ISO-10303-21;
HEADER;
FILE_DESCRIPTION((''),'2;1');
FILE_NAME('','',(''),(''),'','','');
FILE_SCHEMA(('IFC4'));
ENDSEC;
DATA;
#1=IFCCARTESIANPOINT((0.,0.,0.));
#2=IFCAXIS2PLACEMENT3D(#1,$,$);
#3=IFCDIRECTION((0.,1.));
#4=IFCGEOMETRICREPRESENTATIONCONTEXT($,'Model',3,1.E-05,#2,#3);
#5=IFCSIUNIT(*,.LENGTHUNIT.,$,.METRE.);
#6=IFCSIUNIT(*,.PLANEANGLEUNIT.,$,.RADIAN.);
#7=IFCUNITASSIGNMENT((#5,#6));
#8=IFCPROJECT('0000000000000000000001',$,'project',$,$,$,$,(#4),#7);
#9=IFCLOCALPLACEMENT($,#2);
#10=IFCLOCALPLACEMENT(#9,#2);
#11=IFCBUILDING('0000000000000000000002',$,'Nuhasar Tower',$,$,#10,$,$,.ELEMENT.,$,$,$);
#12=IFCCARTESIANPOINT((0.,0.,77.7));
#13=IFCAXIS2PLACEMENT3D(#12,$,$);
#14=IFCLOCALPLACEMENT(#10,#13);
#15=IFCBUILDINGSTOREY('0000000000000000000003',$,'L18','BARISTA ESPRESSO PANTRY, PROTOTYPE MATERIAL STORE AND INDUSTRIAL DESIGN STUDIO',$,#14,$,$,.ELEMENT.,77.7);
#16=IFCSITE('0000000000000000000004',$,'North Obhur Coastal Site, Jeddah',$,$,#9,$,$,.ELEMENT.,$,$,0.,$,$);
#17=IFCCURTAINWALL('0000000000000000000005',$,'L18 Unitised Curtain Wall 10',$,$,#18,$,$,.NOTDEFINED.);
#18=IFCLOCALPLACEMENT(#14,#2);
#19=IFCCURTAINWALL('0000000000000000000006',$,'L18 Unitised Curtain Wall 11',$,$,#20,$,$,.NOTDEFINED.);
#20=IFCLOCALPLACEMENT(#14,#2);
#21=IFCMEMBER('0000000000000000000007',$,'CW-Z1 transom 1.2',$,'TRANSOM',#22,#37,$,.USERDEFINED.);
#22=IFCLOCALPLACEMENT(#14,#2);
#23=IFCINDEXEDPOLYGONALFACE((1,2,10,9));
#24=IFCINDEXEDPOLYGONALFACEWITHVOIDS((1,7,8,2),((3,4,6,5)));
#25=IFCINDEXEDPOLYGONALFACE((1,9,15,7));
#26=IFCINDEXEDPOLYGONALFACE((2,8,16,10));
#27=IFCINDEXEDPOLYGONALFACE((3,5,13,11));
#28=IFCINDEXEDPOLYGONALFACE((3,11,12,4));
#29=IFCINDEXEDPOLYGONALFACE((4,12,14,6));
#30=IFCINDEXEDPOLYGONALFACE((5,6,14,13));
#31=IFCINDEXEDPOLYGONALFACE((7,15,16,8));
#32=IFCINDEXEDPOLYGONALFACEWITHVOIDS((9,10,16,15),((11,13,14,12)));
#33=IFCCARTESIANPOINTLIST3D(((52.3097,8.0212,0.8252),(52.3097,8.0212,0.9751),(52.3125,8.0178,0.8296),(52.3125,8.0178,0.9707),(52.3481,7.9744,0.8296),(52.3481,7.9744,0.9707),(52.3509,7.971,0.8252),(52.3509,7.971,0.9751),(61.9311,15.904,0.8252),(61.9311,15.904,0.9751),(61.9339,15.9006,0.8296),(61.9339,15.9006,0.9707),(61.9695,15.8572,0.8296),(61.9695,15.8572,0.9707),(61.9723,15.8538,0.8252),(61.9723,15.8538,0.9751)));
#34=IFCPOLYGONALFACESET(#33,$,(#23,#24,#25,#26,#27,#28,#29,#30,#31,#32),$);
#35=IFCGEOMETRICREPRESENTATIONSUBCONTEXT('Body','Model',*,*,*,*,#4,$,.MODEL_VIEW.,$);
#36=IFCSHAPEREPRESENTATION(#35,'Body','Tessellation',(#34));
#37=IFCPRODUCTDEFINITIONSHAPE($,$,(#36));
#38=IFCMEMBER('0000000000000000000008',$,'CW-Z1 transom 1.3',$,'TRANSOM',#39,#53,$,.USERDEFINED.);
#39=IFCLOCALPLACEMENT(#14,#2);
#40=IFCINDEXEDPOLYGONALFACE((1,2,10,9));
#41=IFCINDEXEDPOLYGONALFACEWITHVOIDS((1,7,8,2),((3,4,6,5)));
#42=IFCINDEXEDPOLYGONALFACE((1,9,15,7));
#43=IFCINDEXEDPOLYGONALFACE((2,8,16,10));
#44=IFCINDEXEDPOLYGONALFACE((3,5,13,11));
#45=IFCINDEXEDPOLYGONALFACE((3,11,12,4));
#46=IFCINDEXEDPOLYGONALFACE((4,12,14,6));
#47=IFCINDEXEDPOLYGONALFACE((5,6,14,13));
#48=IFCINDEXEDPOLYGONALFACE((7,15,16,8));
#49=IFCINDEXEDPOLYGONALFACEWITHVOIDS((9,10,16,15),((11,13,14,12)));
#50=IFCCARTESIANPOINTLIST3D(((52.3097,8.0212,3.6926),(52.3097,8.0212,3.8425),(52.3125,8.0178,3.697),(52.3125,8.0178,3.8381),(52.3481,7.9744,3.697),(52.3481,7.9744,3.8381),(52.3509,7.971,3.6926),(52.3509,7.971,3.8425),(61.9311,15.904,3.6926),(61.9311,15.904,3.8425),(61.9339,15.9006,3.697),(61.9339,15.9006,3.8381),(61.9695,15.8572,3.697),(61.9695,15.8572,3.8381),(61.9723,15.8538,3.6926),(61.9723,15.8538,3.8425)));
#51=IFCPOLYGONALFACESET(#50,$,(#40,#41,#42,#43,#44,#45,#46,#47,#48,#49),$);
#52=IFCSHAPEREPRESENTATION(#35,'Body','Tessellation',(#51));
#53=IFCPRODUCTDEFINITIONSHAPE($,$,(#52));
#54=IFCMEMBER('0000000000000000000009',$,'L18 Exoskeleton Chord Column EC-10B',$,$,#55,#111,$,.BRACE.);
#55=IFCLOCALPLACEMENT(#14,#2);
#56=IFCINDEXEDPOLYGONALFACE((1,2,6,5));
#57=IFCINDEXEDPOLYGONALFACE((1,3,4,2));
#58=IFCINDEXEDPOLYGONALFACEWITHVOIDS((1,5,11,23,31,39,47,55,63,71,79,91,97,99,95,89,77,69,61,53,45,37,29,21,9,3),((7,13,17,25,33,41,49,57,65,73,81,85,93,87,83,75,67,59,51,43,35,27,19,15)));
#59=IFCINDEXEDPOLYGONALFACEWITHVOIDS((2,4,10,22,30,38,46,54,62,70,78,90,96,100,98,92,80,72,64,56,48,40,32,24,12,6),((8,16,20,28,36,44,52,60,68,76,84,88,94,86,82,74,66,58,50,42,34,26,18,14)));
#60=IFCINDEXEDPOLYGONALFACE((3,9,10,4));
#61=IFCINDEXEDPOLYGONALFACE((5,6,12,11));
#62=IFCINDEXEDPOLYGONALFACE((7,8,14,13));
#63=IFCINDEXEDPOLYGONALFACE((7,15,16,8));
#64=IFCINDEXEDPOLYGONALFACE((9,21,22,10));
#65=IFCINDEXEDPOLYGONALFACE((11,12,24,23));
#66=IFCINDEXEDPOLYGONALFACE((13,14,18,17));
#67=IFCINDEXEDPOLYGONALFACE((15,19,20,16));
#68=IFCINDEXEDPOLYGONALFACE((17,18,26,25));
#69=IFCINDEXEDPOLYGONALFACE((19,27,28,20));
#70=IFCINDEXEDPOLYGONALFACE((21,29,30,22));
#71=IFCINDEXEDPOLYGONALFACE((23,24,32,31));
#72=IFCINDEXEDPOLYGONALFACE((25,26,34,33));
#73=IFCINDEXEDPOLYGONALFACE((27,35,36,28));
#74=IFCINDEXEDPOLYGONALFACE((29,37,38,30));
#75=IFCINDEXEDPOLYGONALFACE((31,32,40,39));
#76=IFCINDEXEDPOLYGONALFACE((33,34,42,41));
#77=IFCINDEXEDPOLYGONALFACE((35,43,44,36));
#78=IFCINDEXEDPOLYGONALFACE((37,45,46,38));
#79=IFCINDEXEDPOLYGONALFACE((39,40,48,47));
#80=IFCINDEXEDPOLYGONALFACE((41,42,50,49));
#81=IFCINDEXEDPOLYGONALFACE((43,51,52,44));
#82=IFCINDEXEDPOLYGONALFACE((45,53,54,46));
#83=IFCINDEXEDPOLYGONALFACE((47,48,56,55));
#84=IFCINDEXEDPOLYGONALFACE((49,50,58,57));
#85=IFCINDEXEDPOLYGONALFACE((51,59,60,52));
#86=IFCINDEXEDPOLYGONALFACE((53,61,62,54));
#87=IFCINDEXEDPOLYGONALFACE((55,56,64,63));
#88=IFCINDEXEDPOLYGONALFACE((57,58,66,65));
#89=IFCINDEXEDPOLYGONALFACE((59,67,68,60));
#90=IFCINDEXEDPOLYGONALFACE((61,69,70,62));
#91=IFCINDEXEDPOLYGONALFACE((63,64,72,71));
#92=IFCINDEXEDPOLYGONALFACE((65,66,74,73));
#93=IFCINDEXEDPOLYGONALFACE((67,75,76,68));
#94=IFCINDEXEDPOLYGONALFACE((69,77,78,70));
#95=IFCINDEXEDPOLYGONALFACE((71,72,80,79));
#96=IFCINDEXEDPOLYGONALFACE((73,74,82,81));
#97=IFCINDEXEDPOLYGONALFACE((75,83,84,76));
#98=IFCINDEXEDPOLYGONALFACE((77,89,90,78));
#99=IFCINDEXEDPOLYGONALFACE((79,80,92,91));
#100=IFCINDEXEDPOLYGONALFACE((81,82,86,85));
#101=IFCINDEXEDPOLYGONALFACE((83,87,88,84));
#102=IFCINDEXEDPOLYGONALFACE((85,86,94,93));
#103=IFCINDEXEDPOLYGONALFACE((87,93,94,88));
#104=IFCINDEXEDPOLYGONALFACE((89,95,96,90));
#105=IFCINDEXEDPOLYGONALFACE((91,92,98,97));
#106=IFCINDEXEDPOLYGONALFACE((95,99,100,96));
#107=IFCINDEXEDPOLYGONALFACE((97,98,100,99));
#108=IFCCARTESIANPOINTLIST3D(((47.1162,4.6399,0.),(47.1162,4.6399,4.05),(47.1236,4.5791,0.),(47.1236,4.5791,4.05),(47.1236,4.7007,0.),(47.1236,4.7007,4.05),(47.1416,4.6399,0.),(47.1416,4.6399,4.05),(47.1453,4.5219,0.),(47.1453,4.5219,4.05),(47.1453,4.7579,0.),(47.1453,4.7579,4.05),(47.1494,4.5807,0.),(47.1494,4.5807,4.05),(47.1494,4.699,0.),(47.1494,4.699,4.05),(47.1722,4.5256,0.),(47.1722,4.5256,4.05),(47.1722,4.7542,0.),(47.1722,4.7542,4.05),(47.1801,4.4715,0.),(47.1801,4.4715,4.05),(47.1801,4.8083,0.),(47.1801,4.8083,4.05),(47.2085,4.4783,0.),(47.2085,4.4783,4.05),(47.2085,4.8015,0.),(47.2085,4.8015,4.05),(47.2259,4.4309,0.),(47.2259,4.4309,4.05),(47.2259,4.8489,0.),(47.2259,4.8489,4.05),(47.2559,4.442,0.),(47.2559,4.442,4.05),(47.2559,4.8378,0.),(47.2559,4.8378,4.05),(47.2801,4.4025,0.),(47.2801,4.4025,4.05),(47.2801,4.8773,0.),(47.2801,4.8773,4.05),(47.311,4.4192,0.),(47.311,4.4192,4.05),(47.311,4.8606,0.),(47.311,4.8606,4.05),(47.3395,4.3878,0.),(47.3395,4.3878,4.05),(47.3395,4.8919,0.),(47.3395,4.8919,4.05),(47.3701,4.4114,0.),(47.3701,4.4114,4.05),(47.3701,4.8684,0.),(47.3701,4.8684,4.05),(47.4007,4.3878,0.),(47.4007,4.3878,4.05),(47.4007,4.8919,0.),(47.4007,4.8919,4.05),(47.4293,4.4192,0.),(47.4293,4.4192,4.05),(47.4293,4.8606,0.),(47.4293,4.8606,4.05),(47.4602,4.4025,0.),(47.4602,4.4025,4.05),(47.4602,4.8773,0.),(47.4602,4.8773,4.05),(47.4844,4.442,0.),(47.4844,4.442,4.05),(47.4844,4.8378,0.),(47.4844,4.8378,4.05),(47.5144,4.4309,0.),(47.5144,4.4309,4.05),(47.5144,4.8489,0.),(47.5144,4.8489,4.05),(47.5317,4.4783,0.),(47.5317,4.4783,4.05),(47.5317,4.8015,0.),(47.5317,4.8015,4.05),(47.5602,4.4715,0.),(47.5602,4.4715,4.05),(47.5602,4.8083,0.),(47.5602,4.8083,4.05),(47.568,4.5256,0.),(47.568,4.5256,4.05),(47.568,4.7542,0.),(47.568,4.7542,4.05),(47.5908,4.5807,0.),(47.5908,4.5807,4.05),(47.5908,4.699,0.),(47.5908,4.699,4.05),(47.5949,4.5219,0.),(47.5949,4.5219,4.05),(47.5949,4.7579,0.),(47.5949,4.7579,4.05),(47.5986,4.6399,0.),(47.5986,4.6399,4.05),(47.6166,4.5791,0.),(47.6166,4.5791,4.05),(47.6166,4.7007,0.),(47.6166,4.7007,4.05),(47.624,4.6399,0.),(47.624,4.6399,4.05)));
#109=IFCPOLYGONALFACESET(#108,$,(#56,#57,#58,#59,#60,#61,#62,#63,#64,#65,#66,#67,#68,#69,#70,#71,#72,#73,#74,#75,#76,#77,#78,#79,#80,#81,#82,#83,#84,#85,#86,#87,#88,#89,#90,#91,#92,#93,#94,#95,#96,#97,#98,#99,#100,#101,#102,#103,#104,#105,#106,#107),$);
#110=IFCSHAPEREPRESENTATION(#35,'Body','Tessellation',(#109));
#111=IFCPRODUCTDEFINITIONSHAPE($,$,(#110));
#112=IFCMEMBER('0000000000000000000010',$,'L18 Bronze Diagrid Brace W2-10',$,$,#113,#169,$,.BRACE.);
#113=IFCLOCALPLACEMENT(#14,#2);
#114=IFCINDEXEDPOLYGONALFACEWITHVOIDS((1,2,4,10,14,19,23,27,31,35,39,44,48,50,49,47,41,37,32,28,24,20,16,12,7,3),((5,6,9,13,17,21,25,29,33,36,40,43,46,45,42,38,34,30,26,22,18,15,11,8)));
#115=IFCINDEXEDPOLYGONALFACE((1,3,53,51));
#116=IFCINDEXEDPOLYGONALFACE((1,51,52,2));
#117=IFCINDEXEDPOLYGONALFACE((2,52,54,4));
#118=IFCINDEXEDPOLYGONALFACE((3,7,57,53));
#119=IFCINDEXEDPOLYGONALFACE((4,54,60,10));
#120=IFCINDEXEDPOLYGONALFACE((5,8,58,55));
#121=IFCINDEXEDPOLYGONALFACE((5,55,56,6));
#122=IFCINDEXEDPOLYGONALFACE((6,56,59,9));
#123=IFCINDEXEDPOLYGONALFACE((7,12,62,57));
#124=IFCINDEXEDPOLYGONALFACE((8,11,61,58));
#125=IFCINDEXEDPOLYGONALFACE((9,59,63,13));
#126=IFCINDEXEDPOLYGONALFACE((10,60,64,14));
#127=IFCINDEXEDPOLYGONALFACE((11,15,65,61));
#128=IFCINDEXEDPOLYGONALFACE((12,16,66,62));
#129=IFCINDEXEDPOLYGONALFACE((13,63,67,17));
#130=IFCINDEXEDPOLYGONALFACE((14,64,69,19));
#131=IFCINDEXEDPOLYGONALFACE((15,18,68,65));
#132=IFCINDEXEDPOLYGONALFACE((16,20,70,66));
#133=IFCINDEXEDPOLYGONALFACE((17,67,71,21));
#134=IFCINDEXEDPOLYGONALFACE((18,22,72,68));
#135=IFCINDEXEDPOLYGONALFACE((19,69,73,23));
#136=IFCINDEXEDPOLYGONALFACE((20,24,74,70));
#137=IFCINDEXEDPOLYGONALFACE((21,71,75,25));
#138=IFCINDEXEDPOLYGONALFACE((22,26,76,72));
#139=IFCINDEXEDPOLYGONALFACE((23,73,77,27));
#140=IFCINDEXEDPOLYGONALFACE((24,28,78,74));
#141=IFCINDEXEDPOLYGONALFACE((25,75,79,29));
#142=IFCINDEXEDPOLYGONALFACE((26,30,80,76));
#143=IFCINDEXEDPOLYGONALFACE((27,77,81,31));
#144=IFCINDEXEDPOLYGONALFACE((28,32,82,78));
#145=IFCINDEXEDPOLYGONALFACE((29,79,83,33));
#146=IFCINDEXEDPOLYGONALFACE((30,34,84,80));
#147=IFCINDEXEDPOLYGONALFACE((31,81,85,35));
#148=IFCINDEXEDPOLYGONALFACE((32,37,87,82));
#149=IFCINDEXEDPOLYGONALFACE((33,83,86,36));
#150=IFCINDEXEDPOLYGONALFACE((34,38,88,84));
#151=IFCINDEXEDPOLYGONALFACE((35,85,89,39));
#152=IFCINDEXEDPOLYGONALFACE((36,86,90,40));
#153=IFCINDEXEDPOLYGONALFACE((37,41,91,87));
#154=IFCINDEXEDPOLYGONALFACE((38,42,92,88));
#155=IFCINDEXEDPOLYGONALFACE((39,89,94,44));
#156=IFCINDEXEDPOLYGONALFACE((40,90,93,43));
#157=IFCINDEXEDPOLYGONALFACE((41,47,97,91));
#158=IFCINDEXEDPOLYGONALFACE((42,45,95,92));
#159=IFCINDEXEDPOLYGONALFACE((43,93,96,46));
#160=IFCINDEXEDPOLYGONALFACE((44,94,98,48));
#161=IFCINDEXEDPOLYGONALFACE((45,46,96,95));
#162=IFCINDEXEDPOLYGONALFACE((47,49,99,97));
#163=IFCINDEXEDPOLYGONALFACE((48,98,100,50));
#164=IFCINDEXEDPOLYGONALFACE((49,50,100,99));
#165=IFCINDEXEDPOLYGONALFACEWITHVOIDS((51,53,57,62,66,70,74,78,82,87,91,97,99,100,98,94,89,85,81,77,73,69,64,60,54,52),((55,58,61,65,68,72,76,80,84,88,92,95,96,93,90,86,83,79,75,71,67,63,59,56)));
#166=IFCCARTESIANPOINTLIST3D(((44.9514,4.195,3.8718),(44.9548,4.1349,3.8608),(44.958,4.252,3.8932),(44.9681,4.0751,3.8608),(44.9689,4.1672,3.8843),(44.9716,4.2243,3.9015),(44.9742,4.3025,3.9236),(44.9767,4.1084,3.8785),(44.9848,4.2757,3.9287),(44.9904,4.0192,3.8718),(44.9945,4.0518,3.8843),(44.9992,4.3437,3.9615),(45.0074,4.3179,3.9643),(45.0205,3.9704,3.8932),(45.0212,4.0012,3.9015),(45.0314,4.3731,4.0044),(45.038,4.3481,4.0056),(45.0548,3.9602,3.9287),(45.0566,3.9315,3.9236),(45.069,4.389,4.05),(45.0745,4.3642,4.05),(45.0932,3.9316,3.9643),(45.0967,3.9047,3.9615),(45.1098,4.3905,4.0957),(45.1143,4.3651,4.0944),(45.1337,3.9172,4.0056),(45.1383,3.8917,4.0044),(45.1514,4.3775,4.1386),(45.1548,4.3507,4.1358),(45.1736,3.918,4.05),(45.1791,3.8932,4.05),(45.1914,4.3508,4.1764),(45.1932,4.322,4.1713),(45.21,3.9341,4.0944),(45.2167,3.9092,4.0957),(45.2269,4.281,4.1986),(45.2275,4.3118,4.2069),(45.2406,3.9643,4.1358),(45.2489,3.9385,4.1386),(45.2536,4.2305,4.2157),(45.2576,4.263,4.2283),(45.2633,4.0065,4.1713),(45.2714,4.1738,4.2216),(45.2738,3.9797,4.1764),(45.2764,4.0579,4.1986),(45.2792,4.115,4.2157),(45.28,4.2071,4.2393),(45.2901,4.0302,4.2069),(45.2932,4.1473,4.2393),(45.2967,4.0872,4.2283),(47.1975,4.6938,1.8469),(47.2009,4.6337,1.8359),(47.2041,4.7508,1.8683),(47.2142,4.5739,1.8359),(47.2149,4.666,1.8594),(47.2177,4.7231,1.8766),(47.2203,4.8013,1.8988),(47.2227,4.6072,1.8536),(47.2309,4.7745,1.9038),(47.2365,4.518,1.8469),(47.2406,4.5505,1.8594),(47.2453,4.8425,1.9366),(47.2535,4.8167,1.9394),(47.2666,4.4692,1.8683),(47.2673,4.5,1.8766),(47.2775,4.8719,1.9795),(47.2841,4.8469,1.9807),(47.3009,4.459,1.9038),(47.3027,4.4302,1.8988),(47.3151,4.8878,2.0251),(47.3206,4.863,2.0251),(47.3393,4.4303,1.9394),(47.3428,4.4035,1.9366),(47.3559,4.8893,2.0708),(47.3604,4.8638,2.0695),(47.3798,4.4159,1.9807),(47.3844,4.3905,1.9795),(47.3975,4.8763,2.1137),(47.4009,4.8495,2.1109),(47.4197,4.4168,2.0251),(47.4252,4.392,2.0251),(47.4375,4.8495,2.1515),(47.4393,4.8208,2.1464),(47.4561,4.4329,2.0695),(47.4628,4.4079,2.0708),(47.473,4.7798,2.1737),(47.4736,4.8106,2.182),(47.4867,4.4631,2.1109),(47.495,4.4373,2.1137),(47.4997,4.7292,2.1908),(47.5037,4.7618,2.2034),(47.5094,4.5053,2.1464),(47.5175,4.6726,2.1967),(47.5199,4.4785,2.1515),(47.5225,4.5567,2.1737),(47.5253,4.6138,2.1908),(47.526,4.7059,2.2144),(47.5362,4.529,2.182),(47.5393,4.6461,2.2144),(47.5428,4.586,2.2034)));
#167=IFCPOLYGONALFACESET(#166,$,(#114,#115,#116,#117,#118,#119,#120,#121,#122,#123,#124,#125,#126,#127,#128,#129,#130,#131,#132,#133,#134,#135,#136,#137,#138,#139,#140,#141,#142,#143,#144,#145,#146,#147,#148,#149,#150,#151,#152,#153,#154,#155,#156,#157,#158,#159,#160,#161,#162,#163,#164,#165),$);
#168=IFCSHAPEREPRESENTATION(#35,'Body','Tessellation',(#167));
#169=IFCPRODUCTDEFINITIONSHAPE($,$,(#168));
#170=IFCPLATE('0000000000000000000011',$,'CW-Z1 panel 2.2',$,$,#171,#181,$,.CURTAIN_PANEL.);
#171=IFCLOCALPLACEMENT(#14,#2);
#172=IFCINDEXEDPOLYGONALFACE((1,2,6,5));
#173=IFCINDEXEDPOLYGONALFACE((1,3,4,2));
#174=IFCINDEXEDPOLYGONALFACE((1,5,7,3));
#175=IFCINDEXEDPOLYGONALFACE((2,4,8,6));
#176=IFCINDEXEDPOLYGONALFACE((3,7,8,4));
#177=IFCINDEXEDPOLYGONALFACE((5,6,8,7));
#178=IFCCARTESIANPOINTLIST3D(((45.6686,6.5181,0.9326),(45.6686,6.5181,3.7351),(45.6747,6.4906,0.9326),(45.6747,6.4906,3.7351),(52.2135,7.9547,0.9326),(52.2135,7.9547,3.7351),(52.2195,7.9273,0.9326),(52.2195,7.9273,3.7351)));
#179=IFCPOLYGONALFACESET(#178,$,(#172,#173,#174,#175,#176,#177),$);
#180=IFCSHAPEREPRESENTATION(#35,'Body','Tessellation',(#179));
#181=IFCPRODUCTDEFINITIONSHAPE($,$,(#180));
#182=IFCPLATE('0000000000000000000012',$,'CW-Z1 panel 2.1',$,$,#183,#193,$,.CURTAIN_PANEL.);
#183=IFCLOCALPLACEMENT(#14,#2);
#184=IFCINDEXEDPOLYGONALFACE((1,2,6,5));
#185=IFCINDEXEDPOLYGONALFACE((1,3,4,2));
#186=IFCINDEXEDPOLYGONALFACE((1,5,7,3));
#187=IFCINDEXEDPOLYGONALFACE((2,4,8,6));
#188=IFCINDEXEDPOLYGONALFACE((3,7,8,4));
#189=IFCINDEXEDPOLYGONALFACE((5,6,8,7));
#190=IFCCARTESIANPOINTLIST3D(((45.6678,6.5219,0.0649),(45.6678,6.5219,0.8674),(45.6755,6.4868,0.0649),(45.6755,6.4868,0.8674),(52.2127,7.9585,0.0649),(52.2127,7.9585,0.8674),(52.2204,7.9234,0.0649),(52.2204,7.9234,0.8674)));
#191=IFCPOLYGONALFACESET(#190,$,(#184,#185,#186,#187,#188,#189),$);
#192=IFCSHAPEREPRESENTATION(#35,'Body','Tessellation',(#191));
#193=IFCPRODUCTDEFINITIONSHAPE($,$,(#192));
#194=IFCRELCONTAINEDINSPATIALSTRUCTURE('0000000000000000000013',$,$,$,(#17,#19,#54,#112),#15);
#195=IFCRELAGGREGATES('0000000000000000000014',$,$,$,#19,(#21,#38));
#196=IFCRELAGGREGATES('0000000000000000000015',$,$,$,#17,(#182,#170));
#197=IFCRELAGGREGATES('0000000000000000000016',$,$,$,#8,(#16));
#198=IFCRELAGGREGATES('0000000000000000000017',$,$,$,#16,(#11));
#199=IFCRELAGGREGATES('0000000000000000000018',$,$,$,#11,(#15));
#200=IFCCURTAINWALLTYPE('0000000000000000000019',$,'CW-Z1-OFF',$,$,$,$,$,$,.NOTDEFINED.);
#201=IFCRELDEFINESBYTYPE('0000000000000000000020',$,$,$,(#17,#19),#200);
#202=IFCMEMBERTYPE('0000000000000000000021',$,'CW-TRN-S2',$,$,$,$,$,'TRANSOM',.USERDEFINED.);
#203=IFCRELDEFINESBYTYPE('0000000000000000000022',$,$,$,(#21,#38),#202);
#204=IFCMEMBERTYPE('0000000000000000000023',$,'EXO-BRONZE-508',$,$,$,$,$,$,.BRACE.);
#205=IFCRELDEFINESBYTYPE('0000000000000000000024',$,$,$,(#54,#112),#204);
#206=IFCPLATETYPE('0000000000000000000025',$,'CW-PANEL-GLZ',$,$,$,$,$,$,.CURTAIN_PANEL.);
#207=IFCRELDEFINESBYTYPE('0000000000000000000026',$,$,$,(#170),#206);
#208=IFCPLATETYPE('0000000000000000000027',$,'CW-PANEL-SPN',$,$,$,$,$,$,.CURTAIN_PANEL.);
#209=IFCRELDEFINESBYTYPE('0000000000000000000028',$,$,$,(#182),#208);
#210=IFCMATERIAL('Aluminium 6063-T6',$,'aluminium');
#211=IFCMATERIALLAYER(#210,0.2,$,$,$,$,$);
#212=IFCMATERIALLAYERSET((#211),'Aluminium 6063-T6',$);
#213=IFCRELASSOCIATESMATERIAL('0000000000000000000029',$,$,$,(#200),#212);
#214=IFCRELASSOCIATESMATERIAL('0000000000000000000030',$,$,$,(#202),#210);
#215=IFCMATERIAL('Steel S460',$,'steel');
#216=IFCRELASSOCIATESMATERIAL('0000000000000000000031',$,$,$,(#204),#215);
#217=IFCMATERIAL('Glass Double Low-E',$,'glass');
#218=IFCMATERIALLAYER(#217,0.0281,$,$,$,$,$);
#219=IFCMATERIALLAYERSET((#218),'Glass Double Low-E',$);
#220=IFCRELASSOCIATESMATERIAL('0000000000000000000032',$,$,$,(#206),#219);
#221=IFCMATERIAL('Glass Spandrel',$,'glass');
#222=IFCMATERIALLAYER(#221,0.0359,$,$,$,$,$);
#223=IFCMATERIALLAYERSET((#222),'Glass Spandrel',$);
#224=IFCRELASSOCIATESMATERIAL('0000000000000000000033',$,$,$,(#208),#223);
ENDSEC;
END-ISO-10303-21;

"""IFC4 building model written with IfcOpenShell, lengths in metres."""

from ifc_helpers import new_model, si_unit, direction, frame, origin, origin_2d, place, context, subcontext, project, spatial, rectangle, hollow_rectangle, hollow_circle, extrude, material, layer, layer_set, material_profile, profile_set, type_object, element, aggregate, save


model = new_model("IFC4")

# Units and contexts
model_context = context("Model", 3, precision=1e-05, world=origin(), true_north=direction((0.0, 1.0)))
body_context = subcontext(model_context, "Body", "Model", "MODEL_VIEW")
ifc_project = project(units=[si_unit("LENGTHUNIT", "METRE"), si_unit("PLANEANGLEUNIT", "RADIAN")], contexts=[model_context])

# Site, building, storey
site_placement = place(None, origin())
site = spatial("IfcSite", under=ifc_project, at=site_placement, Name="North Obhur Coastal Site, Jeddah", CompositionType="ELEMENT", RefElevation=0.0)
building_placement = place(site_placement, origin())
building = spatial("IfcBuilding", under=site, at=building_placement, Name="Nuhasar Tower", CompositionType="ELEMENT")
storey_placement = place(building_placement, frame((0.0, 0.0, 77.7)))
storey = spatial("IfcBuildingStorey", under=building, at=storey_placement, Name="L18", Description="BARISTA ESPRESSO PANTRY, PROTOTYPE MATERIAL STORE AND INDUSTRIAL DESIGN STUDIO", CompositionType="ELEMENT", Elevation=77.7)

# Curtain wall
ifc_material_1 = material(Name="Aluminium 6063-T6", Category="aluminium")
ifc_layer_1 = layer(ifc_material_1, 0.2)
ifc_layer_set_1 = layer_set([ifc_layer_1], Name="Aluminium 6063-T6")
curtain_wall_type = type_object("IfcCurtainWallType", Name="CW-Z1-OFF", PredefinedType="NOTDEFINED", material=ifc_layer_set_1)
curtain_wall_1_placement = place(storey_placement, origin())
curtain_wall_1 = element("IfcCurtainWall", 1, at=curtain_wall_1_placement, inside=storey, type_object=curtain_wall_type, Name="L18 Unitised Curtain Wall 10", PredefinedType="NOTDEFINED")

# Curtain wall, members
curtain_wall_2_placement = place(storey_placement, origin())
curtain_wall_2 = element("IfcCurtainWall", 2, at=curtain_wall_2_placement, inside=storey, type_object=curtain_wall_type, Name="L18 Unitised Curtain Wall 11", PredefinedType="NOTDEFINED")
ifc_material_profile_1 = material_profile(ifc_material_1, hollow_rectangle(XDim=0.0649, YDim=0.1499, WallThickness=0.0044, at=origin_2d()), Name="CWT-2")
ifc_profile_set_1 = profile_set([ifc_material_profile_1], Name="Aluminium 6063-T6")
member_type_1 = type_object("IfcMemberType", Name="CW-TRN-S2", ElementType="TRANSOM", PredefinedType="USERDEFINED", material=ifc_profile_set_1)
member_1_placement = place(storey_placement, frame((52.3303, 7.9961, 0.9001), z_axis=(0.773531, 0.633758, 0.0), x_axis=(-0.633758, 0.773531, 0.0)))
member_1 = element("IfcMember", 3, at=member_1_placement, type_object=member_type_1, Name="CW-Z1 transom 1.2", ObjectType="TRANSOM", PredefinedType="USERDEFINED", context=body_context, shape_type="SweptSolid", body=[
    extrude(hollow_rectangle(XDim=0.0649, YDim=0.1499, WallThickness=0.0044, at=origin_2d()), origin(), (0.0, 0.0, 1.0), 12.4382),
])
member_2_placement = place(storey_placement, frame((52.3303, 7.9961, 3.7676), z_axis=(0.773531, 0.633758, 0.0), x_axis=(-0.633758, 0.773531, 0.0)))
member_2 = element("IfcMember", 4, at=member_2_placement, type_object=member_type_1, Name="CW-Z1 transom 1.3", ObjectType="TRANSOM", PredefinedType="USERDEFINED", context=body_context, shape_type="SweptSolid", body=[
    extrude(hollow_rectangle(XDim=0.0649, YDim=0.1499, WallThickness=0.0044, at=origin_2d()), origin(), (0.0, 0.0, 1.0), 12.4382),
])
aggregate(curtain_wall_2, [member_1, member_2])

# Members
ifc_material_2 = material(Name="Steel S460", Category="steel")
ifc_material_profile_2 = material_profile(ifc_material_2, hollow_circle(Radius=0.2539, WallThickness=0.0254, at=origin_2d()), Name="HSS508X25.4")
ifc_profile_set_2 = profile_set([ifc_material_profile_2], Name="Steel S460")
member_type_2 = type_object("IfcMemberType", Name="EXO-BRONZE-508", PredefinedType="BRACE", material=ifc_profile_set_2)
member_3_placement = place(storey_placement, frame((47.3701, 4.6399, 0.0), z_axis=(0.0, 0.0, 1.0), x_axis=(1.0, 0.0, 0.0)))
element("IfcMember", 5, at=member_3_placement, inside=storey, type_object=member_type_2, Name="L18 Exoskeleton Chord Column EC-10B", PredefinedType="BRACE", context=body_context, shape_type="SweptSolid", body=[
    extrude(hollow_circle(Radius=0.2539, WallThickness=0.0254, at=origin_2d()), origin(), (0.0, 0.0, 1.0), 4.05),
])
member_4_placement = place(storey_placement, frame((47.3701, 4.6399, 2.0251), z_axis=(-0.732831, -0.162736, 0.660663), x_axis=(0.216784, -0.97622, 0.0)))
element("IfcMember", 6, at=member_4_placement, inside=storey, type_object=member_type_2, Name="L18 Bronze Diagrid Brace W2-10", PredefinedType="BRACE", context=body_context, shape_type="SweptSolid", body=[
    extrude(hollow_circle(Radius=0.2539, WallThickness=0.0254, at=origin_2d()), origin(), (0.0, 0.0, 1.0), 3.0649),
])

# Plates
ifc_material_3 = material(Name="Glass Double Low-E", Category="glass")
ifc_layer_2 = layer(ifc_material_3, 0.0281)
ifc_layer_set_2 = layer_set([ifc_layer_2], Name="Glass Double Low-E")
plate_type_1 = type_object("IfcPlateType", Name="CW-PANEL-GLZ", PredefinedType="CURTAIN_PANEL", material=ifc_layer_set_2)
plate_1_placement = place(storey_placement, frame((48.9441, 7.2227, 0.9326), z_axis=(0.0, 0.0, 1.0), x_axis=(0.976746, 0.214399, 0.0)))
plate_1 = element("IfcPlate", 7, at=plate_1_placement, type_object=plate_type_1, Name="CW-Z1 panel 2.2", PredefinedType="CURTAIN_PANEL", context=body_context, shape_type="SweptSolid", body=[
    extrude(rectangle(XDim=6.7007, YDim=0.0281, at=origin_2d()), origin(), (0.0, 0.0, 1.0), 2.8025),
])
ifc_material_4 = material(Name="Glass Spandrel", Category="glass")
ifc_layer_3 = layer(ifc_material_4, 0.0359)
ifc_layer_set_3 = layer_set([ifc_layer_3], Name="Glass Spandrel")
plate_type_2 = type_object("IfcPlateType", Name="CW-PANEL-SPN", PredefinedType="CURTAIN_PANEL", material=ifc_layer_set_3)
plate_2_placement = place(storey_placement, frame((48.9441, 7.2227, 0.0649), z_axis=(0.0, 0.0, 1.0), x_axis=(0.976746, 0.214399, 0.0)))
plate_2 = element("IfcPlate", 8, at=plate_2_placement, type_object=plate_type_2, Name="CW-Z1 panel 2.1", PredefinedType="CURTAIN_PANEL", context=body_context, shape_type="SweptSolid", body=[
    extrude(rectangle(XDim=6.7007, YDim=0.0359, at=origin_2d()), origin(), (0.0, 0.0, 1.0), 0.8025),
])
aggregate(curtain_wall_1, [plate_2, plate_1])

save(model, "model.ifc")
